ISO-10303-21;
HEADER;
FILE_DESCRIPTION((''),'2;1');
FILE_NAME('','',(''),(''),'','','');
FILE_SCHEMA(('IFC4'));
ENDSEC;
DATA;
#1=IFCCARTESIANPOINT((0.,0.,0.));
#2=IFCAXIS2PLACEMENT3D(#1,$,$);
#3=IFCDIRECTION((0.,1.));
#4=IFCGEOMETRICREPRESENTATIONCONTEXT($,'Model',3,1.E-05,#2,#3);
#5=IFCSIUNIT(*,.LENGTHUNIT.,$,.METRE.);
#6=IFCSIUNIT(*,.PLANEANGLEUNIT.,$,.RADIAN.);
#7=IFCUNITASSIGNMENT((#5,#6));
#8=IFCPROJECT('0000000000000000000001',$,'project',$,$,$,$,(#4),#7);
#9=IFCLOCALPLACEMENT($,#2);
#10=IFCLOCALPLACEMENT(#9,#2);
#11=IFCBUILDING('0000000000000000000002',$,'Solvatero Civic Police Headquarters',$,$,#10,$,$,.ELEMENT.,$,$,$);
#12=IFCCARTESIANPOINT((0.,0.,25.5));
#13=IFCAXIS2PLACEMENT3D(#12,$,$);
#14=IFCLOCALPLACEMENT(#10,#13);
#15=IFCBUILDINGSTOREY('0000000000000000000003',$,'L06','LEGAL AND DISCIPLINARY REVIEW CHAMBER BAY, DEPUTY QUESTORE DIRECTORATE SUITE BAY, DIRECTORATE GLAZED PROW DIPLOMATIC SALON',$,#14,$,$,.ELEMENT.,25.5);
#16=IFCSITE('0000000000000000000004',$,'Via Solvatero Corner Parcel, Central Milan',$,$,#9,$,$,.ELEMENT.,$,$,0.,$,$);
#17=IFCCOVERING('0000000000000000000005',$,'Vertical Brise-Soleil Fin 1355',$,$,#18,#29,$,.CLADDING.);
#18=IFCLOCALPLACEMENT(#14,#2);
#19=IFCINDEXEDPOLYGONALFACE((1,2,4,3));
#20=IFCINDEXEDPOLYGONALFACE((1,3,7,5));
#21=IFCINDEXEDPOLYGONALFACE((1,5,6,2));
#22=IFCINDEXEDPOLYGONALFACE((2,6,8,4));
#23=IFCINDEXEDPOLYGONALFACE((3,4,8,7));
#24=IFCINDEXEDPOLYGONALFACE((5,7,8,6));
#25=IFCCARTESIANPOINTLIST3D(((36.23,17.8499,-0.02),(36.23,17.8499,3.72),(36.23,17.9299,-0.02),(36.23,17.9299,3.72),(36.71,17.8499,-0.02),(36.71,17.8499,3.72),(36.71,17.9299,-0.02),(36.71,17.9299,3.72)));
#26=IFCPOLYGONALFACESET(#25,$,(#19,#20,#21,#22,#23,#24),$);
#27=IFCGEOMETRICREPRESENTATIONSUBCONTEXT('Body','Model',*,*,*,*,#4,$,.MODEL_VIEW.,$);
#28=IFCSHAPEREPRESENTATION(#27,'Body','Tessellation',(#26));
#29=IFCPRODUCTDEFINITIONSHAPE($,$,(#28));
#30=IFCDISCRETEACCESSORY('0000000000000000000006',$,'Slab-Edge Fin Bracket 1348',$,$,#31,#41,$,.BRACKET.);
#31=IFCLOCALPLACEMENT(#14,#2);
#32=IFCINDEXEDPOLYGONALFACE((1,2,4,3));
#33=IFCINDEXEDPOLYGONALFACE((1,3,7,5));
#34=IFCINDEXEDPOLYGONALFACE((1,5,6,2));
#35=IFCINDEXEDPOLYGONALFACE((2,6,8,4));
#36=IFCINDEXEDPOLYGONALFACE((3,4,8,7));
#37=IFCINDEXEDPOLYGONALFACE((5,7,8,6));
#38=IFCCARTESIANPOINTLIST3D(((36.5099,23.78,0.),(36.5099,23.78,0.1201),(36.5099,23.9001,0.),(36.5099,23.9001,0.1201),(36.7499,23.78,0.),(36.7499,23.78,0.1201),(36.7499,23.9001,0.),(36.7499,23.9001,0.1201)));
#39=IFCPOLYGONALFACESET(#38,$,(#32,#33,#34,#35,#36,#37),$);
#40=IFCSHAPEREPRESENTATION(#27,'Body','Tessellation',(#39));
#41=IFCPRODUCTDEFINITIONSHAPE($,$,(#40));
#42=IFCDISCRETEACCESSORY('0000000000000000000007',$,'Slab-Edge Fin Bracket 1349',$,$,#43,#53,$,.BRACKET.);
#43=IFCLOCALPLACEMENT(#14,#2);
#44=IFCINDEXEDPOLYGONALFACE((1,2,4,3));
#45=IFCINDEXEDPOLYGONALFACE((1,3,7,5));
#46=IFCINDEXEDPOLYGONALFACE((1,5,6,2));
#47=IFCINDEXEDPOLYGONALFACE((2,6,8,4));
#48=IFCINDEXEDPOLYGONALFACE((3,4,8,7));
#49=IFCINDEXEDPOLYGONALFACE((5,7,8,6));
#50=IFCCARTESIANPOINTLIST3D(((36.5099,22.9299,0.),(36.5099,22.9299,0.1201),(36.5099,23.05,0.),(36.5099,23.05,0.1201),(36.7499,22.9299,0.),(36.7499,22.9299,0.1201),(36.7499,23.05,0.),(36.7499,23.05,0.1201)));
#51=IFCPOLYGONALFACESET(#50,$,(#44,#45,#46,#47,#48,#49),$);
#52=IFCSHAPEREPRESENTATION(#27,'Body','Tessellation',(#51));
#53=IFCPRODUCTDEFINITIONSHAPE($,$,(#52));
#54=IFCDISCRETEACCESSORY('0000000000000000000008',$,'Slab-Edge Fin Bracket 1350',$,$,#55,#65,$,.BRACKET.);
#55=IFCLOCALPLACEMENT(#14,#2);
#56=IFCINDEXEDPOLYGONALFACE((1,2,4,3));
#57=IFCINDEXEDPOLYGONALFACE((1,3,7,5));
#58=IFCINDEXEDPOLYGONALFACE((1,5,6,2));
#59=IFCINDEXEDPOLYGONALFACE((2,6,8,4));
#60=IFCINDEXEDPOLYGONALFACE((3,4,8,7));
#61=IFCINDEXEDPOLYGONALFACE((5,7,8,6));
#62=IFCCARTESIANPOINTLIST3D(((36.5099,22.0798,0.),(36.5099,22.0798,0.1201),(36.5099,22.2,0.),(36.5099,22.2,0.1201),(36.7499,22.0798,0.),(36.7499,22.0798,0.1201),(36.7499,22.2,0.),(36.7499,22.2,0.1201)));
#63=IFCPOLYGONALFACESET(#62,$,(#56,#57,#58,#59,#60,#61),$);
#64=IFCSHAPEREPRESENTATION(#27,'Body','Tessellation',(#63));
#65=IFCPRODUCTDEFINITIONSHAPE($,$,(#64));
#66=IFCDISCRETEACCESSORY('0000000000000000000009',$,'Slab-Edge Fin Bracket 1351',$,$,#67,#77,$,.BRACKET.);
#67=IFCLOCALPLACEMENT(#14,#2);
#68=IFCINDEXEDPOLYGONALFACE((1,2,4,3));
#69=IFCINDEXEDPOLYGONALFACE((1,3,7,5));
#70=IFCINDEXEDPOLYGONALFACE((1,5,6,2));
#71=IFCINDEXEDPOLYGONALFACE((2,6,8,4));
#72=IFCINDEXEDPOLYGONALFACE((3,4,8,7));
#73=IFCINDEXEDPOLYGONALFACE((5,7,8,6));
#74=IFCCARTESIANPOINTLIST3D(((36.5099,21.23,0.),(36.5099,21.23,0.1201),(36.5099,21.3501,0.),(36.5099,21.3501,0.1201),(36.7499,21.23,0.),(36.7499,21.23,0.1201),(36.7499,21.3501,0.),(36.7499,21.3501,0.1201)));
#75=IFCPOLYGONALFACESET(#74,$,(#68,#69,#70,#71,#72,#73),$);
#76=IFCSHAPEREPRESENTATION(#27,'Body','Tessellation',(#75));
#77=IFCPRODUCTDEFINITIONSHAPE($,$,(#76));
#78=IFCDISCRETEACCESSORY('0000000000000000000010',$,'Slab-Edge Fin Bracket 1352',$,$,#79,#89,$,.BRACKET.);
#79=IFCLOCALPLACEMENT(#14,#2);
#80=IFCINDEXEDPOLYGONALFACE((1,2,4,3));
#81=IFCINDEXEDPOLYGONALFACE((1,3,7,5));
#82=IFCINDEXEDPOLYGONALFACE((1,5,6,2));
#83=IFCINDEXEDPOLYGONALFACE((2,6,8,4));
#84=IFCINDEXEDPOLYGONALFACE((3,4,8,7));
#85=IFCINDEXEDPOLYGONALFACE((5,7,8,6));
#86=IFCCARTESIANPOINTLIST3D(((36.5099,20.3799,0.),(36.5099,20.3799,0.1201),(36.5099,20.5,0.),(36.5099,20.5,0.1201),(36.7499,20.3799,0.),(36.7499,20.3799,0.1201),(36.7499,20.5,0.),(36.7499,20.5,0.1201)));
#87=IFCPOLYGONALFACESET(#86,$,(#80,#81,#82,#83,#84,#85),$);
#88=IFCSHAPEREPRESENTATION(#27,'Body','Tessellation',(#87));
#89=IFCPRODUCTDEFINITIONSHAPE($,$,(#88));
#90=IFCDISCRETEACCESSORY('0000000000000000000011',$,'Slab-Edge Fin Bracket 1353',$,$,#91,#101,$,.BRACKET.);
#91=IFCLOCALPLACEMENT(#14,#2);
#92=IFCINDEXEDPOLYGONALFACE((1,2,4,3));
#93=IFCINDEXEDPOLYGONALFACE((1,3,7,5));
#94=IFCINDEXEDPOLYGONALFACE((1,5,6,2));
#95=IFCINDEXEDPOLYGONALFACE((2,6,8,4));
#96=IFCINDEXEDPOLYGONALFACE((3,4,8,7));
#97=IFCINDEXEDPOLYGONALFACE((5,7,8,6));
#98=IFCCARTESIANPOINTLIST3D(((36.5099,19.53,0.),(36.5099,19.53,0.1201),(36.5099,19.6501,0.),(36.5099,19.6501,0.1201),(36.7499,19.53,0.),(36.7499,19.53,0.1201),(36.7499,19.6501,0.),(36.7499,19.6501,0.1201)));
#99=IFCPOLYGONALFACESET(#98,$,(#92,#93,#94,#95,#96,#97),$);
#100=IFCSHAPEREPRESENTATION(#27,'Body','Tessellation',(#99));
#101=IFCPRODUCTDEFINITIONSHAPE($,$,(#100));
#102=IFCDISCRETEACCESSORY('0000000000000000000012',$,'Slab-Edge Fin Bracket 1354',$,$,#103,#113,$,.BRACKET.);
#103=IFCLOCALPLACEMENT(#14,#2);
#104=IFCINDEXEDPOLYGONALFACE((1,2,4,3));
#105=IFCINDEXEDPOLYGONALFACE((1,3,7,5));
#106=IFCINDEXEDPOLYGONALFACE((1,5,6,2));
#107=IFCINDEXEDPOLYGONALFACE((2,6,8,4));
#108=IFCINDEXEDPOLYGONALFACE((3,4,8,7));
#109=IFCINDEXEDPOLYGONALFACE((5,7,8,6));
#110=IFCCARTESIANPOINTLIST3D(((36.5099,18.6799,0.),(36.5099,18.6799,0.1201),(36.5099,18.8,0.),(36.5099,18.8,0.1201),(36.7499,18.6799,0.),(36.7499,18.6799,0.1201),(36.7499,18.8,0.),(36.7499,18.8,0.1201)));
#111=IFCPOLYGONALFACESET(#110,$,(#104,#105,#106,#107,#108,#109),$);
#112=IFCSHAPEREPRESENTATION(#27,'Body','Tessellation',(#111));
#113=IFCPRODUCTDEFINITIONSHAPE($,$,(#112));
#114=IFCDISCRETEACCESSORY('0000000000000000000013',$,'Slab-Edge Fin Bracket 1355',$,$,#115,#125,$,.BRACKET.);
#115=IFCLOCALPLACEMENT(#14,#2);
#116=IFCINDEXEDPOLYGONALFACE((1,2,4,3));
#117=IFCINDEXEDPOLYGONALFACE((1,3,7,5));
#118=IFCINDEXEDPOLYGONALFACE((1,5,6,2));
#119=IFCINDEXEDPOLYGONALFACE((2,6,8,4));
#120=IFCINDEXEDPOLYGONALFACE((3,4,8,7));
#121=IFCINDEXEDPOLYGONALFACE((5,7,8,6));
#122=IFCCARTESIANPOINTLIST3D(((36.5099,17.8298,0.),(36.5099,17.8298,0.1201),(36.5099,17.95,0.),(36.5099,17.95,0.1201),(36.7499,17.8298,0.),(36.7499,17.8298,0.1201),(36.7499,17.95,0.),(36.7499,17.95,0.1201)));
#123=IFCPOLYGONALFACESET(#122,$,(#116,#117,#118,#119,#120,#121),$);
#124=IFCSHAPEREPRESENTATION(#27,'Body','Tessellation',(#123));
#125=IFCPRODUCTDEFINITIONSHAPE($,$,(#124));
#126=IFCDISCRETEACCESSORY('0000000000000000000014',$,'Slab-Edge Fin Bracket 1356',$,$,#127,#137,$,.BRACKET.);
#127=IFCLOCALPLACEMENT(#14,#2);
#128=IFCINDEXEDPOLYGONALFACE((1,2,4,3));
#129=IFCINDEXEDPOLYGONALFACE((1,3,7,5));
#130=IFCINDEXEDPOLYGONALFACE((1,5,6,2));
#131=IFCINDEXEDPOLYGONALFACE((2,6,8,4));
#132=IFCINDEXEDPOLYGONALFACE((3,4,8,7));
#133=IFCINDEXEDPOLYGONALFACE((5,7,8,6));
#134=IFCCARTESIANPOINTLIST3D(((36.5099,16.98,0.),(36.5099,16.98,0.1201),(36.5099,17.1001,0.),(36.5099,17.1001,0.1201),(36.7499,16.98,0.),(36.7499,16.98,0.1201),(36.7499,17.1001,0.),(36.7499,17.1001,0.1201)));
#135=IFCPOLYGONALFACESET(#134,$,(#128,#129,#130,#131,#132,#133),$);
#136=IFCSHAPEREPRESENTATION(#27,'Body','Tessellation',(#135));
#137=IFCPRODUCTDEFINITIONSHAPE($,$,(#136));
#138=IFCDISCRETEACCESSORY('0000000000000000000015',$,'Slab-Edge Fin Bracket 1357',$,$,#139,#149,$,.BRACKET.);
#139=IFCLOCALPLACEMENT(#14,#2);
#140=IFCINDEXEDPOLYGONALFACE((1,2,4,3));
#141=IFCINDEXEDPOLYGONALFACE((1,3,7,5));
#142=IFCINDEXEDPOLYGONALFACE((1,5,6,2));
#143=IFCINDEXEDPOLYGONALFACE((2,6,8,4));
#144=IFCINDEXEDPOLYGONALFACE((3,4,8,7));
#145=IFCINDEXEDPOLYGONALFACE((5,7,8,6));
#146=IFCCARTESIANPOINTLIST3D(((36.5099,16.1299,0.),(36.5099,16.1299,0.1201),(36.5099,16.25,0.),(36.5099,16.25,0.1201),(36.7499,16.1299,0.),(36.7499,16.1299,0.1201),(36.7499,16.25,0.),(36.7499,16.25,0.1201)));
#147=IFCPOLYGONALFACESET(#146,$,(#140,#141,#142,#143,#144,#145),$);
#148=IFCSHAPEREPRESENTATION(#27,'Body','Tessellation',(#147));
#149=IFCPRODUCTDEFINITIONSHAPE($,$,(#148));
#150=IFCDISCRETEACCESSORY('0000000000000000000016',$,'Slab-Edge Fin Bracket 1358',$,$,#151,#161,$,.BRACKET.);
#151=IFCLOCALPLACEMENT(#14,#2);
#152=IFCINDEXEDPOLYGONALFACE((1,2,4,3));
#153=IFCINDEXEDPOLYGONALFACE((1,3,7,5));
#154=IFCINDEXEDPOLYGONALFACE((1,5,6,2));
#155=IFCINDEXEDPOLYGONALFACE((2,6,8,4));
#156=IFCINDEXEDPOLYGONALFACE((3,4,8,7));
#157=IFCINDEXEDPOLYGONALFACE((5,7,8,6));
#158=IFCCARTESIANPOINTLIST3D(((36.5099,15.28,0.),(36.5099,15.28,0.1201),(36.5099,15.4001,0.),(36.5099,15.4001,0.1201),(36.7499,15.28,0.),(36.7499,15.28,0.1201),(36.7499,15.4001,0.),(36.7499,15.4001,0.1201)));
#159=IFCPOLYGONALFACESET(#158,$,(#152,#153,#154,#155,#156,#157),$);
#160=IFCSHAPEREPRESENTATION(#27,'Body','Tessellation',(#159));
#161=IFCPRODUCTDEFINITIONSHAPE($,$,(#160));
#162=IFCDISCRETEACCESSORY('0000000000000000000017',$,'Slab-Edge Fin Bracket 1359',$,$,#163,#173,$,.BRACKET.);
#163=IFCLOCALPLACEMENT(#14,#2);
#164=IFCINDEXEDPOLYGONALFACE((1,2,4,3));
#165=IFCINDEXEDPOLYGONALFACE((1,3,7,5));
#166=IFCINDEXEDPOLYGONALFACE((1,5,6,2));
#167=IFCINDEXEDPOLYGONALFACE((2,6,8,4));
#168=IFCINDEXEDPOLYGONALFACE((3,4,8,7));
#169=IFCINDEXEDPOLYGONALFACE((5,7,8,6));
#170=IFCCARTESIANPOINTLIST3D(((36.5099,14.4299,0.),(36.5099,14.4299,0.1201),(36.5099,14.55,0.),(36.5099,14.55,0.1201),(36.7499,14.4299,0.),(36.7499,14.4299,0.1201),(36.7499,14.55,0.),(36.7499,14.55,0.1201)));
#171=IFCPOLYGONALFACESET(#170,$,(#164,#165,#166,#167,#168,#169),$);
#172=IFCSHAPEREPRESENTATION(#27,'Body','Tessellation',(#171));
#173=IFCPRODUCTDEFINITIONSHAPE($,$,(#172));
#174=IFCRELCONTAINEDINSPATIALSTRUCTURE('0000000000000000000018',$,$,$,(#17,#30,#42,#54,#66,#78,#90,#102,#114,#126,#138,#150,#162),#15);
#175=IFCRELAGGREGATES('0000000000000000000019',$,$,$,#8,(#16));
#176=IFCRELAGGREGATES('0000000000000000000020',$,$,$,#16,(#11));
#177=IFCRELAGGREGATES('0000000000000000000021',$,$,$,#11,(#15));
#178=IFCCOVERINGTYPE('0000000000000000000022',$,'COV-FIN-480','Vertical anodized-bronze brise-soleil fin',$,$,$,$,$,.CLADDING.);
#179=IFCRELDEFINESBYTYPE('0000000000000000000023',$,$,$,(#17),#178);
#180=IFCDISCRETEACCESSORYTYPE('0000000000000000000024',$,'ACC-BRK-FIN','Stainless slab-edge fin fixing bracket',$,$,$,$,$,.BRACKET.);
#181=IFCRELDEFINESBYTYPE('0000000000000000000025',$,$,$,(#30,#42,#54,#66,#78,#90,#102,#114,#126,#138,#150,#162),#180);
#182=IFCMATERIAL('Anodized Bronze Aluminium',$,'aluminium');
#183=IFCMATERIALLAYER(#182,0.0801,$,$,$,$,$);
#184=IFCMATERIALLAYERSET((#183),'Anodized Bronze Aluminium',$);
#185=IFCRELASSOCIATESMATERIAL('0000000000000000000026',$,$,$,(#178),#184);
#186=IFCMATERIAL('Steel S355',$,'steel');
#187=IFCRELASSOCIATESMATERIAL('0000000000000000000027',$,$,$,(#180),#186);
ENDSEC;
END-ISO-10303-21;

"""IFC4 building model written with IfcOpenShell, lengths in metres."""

from ifc_helpers import new_model, si_unit, direction, frame, origin, origin_2d, place, context, subcontext, project, spatial, rectangle, extrude, material, layer, layer_set, type_object, element, save


model = new_model("IFC4")

# Units and contexts
model_context = context("Model", 3, precision=1e-05, world=origin(), true_north=direction((0.0, 1.0)))
body_context = subcontext(model_context, "Body", "Model", "MODEL_VIEW")
ifc_project = project(units=[si_unit("LENGTHUNIT", "METRE"), si_unit("PLANEANGLEUNIT", "RADIAN")], contexts=[model_context])

# Site, building, storey
site_placement = place(None, origin())
site = spatial("IfcSite", under=ifc_project, at=site_placement, Name="Via Solvatero Corner Parcel, Central Milan", CompositionType="ELEMENT", RefElevation=0.0)
building_placement = place(site_placement, origin())
building = spatial("IfcBuilding", under=site, at=building_placement, Name="Solvatero Civic Police Headquarters", CompositionType="ELEMENT")
storey_placement = place(building_placement, frame((0.0, 0.0, 25.5)))
storey = spatial("IfcBuildingStorey", under=building, at=storey_placement, Name="L06", Description="LEGAL AND DISCIPLINARY REVIEW CHAMBER BAY, DEPUTY QUESTORE DIRECTORATE SUITE BAY, DIRECTORATE GLAZED PROW DIPLOMATIC SALON", CompositionType="ELEMENT", Elevation=25.5)

# Shared definitions
ifc_material_1 = material(Name="Anodized Bronze Aluminium", Category="aluminium")

# Covering
ifc_layer_1 = layer(ifc_material_1, 0.0801)
ifc_layer_set_1 = layer_set([ifc_layer_1], Name="Anodized Bronze Aluminium")
covering_type = type_object("IfcCoveringType", Name="COV-FIN-480", Description="Vertical anodized-bronze brise-soleil fin", PredefinedType="CLADDING", material=ifc_layer_set_1)
for number, where, z_axis, x_axis, name in (
    (1, (36.47, 17.8899, -0.02), (0.0, 0.0, 1.0), (0.0, -1.0, 0.0), "Vertical Brise-Soleil Fin 1355"),
):
    element("IfcCovering", number, at=place(storey_placement, frame(where, z_axis=z_axis, x_axis=x_axis)), inside=storey, type_object=covering_type, Name=name, PredefinedType="CLADDING", context=body_context, shape_type="SweptSolid", body=[
        extrude(rectangle(XDim=0.0801, YDim=0.48, at=origin_2d()), origin(), (0.0, 0.0, 1.0), 3.74),
    ])

# Discrete accessories
ifc_material_2 = material(Name="Steel S355", Category="steel")
discrete_accessory_type = type_object("IfcDiscreteAccessoryType", Name="ACC-BRK-FIN", Description="Stainless slab-edge fin fixing bracket", PredefinedType="BRACKET", material=ifc_material_2)
for number, where, z_axis, x_axis, name in (
    (2, (36.6299, 23.8401, 0.0), (0.0, 0.0, 1.0), (0.0, -1.0, 0.0), "Slab-Edge Fin Bracket 1348"),
    (3, (36.6299, 22.99, 0.0), (0.0, 0.0, 1.0), (0.0, -1.0, 0.0), "Slab-Edge Fin Bracket 1349"),
    (4, (36.6299, 22.1399, 0.0), (0.0, 0.0, 1.0), (0.0, -1.0, 0.0), "Slab-Edge Fin Bracket 1350"),
    (5, (36.6299, 21.29, 0.0), (0.0, 0.0, 1.0), (0.0, -1.0, 0.0), "Slab-Edge Fin Bracket 1351"),
    (6, (36.6299, 20.4399, 0.0), (0.0, 0.0, 1.0), (0.0, -1.0, 0.0), "Slab-Edge Fin Bracket 1352"),
    (7, (36.6299, 19.5901, 0.0), (0.0, 0.0, 1.0), (0.0, -1.0, 0.0), "Slab-Edge Fin Bracket 1353"),
    (8, (36.6299, 18.74, 0.0), (0.0, 0.0, 1.0), (0.0, -1.0, 0.0), "Slab-Edge Fin Bracket 1354"),
    (9, (36.6299, 17.8899, 0.0), (0.0, 0.0, 1.0), (0.0, -1.0, 0.0), "Slab-Edge Fin Bracket 1355"),
    (10, (36.6299, 17.04, 0.0), (0.0, 0.0, 1.0), (0.0, -1.0, 0.0), "Slab-Edge Fin Bracket 1356"),
    (11, (36.6299, 16.1899, 0.0), (0.0, 0.0, 1.0), (0.0, -1.0, 0.0), "Slab-Edge Fin Bracket 1357"),
    (12, (36.6299, 15.3401, 0.0), (0.0, 0.0, 1.0), (0.0, -1.0, 0.0), "Slab-Edge Fin Bracket 1358"),
    (13, (36.6299, 14.49, 0.0), (0.0, 0.0, 1.0), (0.0, -1.0, 0.0), "Slab-Edge Fin Bracket 1359"),
):
    element("IfcDiscreteAccessory", number, at=place(storey_placement, frame(where, z_axis=z_axis, x_axis=x_axis)), inside=storey, type_object=discrete_accessory_type, Name=name, PredefinedType="BRACKET", context=body_context, shape_type="SweptSolid", body=[
        extrude(rectangle(XDim=0.1201, YDim=0.24, at=origin_2d()), origin(), (0.0, 0.0, 1.0), 0.1201),
    ])

save(model, "model.ifc")
